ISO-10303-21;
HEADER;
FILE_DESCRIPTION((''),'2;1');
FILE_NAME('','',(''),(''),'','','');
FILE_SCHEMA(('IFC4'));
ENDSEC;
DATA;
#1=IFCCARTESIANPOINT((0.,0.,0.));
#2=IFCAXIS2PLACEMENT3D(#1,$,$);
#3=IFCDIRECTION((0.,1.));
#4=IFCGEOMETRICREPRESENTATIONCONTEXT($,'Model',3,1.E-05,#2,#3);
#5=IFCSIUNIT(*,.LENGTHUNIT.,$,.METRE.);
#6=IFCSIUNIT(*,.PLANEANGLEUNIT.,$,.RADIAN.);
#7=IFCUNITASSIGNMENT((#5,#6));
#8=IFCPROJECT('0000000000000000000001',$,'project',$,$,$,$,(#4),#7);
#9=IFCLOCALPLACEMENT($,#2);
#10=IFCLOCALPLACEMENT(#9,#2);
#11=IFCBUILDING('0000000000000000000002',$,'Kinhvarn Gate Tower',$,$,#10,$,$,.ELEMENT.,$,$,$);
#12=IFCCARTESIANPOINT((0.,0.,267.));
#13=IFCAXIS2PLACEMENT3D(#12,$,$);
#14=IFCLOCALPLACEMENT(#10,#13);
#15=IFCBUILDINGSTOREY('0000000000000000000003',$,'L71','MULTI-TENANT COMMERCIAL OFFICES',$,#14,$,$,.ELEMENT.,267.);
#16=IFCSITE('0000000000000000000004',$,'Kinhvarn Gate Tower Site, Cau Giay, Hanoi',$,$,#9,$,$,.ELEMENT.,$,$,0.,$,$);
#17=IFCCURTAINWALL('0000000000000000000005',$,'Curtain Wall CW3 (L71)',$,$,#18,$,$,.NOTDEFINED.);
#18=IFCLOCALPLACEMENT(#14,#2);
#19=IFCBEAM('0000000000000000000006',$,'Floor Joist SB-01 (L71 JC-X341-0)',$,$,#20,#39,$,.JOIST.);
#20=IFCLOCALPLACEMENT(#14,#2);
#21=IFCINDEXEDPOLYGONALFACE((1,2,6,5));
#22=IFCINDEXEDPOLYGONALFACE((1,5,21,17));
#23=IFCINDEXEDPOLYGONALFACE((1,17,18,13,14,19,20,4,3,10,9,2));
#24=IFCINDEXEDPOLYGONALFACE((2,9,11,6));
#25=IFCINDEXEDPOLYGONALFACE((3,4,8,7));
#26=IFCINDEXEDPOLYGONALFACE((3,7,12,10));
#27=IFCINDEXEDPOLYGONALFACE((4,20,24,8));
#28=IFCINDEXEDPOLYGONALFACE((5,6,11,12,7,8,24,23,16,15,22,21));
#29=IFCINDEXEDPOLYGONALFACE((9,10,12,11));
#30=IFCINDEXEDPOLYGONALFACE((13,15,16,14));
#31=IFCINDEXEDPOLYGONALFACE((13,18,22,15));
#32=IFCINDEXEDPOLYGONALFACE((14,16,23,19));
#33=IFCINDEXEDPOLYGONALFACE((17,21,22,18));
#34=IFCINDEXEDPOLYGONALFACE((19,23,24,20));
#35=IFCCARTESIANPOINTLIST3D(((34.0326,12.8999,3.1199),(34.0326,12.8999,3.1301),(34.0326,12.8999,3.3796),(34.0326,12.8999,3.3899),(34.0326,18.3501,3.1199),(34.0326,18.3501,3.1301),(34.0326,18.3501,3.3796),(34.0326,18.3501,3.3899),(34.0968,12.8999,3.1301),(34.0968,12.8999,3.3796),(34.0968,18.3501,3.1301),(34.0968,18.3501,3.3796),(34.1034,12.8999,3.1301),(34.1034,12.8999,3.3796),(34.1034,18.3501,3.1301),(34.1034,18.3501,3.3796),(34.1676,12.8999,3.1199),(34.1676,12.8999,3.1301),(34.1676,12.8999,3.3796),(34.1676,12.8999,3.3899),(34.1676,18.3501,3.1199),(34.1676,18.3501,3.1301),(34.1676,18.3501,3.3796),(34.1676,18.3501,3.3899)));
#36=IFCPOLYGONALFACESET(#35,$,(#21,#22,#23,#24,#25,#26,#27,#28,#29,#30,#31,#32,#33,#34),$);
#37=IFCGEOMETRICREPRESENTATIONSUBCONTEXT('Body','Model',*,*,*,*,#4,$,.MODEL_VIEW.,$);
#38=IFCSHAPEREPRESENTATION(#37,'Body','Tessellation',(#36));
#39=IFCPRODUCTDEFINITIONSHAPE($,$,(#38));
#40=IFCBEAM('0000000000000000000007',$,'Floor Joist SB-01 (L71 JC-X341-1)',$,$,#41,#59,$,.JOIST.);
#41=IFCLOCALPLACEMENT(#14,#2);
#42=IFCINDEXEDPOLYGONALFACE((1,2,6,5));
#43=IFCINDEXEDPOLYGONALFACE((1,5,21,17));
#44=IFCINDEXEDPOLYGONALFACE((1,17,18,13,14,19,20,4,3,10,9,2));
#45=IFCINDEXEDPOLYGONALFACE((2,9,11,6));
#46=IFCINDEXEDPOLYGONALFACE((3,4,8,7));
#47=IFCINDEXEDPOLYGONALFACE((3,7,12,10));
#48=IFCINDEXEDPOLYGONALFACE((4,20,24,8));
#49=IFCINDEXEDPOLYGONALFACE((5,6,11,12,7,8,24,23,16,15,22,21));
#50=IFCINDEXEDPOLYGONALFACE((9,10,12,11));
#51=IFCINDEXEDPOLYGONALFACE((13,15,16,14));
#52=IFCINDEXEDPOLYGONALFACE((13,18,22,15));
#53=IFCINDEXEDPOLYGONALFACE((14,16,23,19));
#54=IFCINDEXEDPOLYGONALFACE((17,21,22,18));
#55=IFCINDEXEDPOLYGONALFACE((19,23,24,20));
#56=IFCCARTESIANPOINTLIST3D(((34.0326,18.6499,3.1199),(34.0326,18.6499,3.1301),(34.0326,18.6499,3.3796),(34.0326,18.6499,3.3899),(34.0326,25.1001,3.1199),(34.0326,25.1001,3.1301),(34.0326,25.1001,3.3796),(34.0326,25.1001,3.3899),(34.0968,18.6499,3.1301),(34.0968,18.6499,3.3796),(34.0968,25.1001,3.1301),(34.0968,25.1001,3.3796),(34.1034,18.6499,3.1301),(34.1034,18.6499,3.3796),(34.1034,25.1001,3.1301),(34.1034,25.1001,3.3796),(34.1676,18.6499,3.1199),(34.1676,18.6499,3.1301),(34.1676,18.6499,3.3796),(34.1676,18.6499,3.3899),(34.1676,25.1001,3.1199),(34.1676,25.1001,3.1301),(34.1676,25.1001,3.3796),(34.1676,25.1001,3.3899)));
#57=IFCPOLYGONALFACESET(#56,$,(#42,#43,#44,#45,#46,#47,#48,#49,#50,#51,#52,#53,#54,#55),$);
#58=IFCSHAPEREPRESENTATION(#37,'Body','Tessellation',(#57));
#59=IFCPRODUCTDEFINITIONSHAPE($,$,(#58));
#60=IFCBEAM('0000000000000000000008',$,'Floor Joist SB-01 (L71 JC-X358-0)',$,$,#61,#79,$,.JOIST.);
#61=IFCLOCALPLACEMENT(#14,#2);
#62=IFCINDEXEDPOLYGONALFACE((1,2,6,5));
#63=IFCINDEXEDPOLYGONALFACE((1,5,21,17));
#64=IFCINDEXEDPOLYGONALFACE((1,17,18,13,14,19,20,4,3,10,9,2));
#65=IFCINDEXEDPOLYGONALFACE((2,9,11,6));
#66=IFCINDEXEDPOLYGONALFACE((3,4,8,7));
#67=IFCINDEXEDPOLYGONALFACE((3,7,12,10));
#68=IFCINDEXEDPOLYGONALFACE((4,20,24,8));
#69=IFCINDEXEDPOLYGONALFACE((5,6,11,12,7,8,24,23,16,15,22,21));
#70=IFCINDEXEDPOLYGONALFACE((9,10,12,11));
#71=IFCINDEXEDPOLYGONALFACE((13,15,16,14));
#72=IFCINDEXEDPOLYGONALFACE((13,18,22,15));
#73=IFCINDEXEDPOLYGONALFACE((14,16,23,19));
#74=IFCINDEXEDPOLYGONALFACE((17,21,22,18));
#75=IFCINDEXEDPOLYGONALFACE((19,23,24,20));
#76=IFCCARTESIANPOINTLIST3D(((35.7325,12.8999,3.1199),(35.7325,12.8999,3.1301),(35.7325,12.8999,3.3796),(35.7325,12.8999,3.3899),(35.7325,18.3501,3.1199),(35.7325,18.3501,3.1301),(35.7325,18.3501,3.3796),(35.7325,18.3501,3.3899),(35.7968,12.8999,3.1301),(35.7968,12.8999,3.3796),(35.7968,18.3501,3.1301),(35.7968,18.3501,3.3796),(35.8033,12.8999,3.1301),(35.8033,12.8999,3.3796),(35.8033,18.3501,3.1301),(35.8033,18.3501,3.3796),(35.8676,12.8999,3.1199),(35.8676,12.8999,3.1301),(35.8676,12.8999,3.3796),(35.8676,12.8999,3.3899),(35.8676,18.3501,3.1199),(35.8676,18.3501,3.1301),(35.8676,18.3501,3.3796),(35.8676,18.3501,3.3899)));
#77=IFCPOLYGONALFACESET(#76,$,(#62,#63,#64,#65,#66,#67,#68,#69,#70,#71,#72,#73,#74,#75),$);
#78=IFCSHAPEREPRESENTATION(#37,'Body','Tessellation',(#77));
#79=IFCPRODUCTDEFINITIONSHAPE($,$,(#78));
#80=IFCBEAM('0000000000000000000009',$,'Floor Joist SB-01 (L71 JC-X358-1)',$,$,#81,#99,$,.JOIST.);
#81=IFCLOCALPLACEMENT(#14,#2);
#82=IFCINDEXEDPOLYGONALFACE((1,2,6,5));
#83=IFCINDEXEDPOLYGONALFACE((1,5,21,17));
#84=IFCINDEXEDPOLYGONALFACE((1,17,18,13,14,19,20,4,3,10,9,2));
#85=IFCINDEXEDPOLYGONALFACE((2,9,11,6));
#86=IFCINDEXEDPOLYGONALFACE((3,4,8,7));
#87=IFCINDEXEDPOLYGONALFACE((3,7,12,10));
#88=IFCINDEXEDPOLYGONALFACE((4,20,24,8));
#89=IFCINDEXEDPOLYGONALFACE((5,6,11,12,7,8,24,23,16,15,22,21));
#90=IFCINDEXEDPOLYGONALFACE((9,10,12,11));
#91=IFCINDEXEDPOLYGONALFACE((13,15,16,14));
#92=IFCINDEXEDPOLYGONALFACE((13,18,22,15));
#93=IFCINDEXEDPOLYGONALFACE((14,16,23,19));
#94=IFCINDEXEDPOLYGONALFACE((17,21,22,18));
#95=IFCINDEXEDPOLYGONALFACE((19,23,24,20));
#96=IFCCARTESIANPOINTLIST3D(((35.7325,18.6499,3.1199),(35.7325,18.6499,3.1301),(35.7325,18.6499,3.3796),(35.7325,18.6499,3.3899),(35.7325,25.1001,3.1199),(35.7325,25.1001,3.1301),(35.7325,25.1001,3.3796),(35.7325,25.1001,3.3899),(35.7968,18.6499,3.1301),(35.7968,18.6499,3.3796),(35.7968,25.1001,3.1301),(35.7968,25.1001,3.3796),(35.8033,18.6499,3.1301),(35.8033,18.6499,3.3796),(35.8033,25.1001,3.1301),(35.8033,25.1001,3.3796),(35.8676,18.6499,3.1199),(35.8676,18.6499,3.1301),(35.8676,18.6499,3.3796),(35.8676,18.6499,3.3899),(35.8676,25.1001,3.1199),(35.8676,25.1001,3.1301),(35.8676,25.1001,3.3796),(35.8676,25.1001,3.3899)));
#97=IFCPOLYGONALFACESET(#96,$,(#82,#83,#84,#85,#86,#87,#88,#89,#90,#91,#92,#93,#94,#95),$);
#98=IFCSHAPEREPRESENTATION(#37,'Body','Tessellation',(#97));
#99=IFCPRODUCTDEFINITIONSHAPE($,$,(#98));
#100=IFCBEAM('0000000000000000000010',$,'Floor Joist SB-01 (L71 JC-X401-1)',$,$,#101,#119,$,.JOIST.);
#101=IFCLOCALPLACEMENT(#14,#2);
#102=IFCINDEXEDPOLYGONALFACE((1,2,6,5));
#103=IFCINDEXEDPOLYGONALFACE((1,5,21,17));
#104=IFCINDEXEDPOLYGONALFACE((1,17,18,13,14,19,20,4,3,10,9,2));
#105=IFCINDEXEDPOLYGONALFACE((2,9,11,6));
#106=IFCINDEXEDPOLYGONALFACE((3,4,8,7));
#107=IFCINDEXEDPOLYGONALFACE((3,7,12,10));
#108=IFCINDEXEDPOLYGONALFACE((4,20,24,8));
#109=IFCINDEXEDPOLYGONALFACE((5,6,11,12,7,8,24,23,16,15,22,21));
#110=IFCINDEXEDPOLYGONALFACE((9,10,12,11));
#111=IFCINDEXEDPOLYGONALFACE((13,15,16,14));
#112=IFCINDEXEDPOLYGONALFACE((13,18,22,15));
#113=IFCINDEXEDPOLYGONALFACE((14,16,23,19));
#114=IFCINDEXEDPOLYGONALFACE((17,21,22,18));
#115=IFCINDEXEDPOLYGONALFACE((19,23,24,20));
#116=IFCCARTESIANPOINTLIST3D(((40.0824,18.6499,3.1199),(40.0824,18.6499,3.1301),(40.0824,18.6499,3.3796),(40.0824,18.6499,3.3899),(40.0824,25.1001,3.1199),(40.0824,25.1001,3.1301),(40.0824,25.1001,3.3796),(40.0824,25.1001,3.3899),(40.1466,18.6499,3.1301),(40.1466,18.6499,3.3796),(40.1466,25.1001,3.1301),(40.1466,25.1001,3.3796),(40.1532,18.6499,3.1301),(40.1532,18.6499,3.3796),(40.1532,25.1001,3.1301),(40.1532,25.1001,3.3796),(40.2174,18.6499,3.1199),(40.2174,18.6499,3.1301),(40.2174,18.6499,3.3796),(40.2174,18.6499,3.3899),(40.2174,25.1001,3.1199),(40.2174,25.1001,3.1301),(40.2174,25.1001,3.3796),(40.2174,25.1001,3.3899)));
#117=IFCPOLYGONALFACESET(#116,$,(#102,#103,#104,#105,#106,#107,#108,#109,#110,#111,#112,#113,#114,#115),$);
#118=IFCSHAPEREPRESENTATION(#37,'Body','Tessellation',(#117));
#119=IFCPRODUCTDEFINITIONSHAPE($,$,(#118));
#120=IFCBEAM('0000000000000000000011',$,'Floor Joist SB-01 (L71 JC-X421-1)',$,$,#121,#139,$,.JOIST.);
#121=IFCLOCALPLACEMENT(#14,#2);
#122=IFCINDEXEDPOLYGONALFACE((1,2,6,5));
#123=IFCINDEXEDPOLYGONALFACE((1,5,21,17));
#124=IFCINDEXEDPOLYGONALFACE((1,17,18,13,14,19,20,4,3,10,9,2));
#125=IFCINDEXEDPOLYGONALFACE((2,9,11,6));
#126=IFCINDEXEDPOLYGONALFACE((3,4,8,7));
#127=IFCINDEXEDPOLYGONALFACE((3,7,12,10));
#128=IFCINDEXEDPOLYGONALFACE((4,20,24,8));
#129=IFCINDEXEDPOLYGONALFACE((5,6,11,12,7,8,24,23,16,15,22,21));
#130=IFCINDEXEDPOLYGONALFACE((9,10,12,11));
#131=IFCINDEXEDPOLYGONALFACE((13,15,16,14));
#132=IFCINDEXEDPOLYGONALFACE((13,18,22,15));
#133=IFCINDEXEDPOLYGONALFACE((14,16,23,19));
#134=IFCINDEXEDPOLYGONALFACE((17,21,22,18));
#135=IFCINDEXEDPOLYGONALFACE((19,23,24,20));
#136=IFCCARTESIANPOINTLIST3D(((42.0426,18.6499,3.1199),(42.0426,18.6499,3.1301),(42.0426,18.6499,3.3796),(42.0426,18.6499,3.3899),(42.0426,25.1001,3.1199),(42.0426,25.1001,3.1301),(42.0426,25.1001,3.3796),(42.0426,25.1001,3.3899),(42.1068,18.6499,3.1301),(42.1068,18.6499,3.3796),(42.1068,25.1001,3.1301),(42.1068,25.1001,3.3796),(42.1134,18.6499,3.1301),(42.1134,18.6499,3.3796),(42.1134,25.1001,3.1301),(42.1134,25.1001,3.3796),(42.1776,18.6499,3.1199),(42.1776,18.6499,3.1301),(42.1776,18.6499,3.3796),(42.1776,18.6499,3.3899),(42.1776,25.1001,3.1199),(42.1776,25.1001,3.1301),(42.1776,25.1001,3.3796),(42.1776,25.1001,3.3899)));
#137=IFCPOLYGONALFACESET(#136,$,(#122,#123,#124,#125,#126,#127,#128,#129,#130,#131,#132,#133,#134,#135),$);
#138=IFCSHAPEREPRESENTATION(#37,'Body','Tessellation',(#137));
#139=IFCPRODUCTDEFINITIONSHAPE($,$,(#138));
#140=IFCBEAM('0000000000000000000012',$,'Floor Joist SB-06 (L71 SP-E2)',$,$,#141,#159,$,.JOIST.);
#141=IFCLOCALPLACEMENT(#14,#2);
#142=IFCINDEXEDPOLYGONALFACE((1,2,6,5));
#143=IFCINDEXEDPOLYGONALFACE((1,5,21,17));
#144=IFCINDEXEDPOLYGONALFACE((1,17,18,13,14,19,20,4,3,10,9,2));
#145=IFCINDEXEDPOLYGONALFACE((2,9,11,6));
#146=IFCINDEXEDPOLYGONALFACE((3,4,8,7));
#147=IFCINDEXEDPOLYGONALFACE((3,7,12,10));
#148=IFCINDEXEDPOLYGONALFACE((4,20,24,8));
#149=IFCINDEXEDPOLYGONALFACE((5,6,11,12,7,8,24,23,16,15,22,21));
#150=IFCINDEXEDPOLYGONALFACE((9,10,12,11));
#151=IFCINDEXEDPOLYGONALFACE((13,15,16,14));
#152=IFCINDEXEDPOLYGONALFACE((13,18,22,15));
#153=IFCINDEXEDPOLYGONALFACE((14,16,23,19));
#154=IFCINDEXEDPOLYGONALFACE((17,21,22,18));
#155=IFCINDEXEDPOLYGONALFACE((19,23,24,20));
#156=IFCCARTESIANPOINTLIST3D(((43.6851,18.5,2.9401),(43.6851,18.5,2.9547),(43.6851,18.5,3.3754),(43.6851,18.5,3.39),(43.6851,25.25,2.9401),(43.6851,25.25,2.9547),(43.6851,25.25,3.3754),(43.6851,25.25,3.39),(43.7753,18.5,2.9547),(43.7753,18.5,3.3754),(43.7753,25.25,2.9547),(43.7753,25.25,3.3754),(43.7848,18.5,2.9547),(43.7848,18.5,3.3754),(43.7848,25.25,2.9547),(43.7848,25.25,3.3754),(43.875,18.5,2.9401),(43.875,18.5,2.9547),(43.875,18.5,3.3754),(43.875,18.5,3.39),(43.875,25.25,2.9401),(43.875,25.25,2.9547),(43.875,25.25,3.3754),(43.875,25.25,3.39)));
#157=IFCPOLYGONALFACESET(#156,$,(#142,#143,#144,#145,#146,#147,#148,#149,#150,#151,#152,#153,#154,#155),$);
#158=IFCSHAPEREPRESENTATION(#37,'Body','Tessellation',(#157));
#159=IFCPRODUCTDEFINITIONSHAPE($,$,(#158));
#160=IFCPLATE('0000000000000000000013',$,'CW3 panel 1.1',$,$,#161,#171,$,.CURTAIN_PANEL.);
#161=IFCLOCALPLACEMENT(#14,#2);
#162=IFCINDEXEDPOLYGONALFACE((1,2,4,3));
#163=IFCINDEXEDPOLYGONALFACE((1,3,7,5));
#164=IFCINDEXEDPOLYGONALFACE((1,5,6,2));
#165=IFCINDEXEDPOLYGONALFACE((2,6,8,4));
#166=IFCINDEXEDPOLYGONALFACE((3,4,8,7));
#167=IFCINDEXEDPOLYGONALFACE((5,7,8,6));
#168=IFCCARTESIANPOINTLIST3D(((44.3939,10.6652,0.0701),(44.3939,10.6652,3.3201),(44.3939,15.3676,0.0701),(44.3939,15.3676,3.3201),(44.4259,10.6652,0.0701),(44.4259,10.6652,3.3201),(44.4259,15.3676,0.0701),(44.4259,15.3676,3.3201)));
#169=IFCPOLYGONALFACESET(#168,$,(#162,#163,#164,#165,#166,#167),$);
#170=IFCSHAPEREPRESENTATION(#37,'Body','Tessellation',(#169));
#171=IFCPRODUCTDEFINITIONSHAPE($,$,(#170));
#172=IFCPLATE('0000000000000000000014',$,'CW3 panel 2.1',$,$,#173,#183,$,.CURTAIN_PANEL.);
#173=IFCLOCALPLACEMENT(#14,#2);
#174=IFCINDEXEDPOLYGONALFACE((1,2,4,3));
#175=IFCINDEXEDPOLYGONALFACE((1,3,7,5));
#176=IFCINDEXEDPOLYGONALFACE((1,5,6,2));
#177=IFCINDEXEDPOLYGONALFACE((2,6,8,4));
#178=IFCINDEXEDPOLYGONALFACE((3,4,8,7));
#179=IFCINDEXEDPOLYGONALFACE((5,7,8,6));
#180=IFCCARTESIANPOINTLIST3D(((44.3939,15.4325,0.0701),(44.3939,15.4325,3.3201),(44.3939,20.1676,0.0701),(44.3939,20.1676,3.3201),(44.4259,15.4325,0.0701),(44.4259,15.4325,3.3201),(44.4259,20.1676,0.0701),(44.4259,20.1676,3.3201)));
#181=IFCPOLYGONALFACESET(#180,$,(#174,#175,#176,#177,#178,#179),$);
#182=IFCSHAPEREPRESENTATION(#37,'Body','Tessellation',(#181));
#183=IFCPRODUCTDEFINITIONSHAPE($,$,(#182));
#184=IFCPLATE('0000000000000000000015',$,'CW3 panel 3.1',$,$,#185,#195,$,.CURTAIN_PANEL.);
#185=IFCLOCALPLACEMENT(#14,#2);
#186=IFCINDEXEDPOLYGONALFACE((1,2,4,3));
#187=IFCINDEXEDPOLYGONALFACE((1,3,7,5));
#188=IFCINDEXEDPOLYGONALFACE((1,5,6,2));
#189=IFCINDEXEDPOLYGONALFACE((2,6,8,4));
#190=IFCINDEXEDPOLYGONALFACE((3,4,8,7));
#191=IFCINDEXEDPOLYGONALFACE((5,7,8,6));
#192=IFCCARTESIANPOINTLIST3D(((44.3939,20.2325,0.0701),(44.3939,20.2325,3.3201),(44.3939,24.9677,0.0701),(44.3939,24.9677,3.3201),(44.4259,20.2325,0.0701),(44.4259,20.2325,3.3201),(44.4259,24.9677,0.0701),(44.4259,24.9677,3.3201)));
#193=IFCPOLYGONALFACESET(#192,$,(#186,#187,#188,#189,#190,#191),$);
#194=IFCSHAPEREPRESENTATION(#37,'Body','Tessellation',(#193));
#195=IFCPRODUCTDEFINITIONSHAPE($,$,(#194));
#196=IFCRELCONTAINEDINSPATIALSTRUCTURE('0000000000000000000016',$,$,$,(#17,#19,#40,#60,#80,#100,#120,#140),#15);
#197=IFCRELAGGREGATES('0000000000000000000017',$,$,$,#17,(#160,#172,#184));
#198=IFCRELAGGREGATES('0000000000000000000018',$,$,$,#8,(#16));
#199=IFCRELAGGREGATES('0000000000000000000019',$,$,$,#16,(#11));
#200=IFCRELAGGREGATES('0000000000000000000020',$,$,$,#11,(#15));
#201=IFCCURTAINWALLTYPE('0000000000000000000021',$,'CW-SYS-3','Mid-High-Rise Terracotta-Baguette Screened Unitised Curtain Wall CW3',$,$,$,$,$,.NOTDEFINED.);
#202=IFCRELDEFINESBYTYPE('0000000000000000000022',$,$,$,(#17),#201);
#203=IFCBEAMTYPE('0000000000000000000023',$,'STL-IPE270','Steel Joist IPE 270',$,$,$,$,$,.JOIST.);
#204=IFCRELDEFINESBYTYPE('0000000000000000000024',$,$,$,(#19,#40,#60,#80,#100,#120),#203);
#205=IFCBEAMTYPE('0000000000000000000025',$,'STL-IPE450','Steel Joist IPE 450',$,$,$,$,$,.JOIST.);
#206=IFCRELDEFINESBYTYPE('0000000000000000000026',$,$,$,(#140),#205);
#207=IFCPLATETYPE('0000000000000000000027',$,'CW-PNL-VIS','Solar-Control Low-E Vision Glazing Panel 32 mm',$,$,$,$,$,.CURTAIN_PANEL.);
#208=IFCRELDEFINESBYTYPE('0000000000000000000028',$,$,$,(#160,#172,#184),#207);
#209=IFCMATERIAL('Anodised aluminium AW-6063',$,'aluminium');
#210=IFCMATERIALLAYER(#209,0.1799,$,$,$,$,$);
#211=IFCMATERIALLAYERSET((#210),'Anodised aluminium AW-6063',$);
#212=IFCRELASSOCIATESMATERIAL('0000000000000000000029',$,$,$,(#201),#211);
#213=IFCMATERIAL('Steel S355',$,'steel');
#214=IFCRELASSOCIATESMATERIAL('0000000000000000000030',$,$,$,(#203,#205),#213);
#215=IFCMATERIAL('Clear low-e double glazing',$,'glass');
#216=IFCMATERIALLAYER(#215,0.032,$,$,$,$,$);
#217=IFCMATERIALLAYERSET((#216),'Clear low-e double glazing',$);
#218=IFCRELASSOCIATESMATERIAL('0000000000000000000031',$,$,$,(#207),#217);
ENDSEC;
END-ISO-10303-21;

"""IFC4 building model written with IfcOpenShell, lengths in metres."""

from ifc_helpers import new_model, si_unit, direction, frame, origin, origin_2d, place, context, subcontext, project, spatial, rectangle, i_section, extrude, material, layer, layer_set, material_profile, profile_set, type_object, element, aggregate, save


model = new_model("IFC4")

# Units and contexts
model_context = context("Model", 3, precision=1e-05, world=origin(), true_north=direction((0.0, 1.0)))
body_context = subcontext(model_context, "Body", "Model", "MODEL_VIEW")
ifc_project = project(units=[si_unit("LENGTHUNIT", "METRE"), si_unit("PLANEANGLEUNIT", "RADIAN")], contexts=[model_context])

# Site, building, storey
site_placement = place(None, origin())
site = spatial("IfcSite", under=ifc_project, at=site_placement, Name="Kinhvarn Gate Tower Site, Cau Giay, Hanoi", CompositionType="ELEMENT", RefElevation=0.0)
building_placement = place(site_placement, origin())
building = spatial("IfcBuilding", under=site, at=building_placement, Name="Kinhvarn Gate Tower", CompositionType="ELEMENT")
storey_placement = place(building_placement, frame((0.0, 0.0, 267.0)))
storey = spatial("IfcBuildingStorey", under=building, at=storey_placement, Name="L71", Description="MULTI-TENANT COMMERCIAL OFFICES", CompositionType="ELEMENT", Elevation=267.0)

# Curtain wall
ifc_material_1 = material(Name="Anodised aluminium AW-6063", Category="aluminium")
ifc_layer_1 = layer(ifc_material_1, 0.1799)
ifc_layer_set_1 = layer_set([ifc_layer_1], Name="Anodised aluminium AW-6063")
curtain_wall_type = type_object("IfcCurtainWallType", Name="CW-SYS-3", Description="Mid-High-Rise Terracotta-Baguette Screened Unitised Curtain Wall CW3", PredefinedType="NOTDEFINED", material=ifc_layer_set_1)
curtain_wall_placement = place(storey_placement, origin())
curtain_wall = element("IfcCurtainWall", 1, at=curtain_wall_placement, inside=storey, type_object=curtain_wall_type, Name="Curtain Wall CW3 (L71)", PredefinedType="NOTDEFINED")

# Beams
ifc_material_2 = material(Name="Steel S355", Category="steel")
ifc_material_profile_1 = material_profile(ifc_material_2, i_section(OverallWidth=0.135, OverallDepth=0.27, WebThickness=0.0066, FlangeThickness=0.0103, at=origin_2d()), Name="IPE 270")
ifc_profile_set_1 = profile_set([ifc_material_profile_1], Name="Steel S355")
beam_type_1 = type_object("IfcBeamType", Name="STL-IPE270", Description="Steel Joist IPE 270", PredefinedType="JOIST", material=ifc_profile_set_1)
beam_1_placement = place(storey_placement, frame((34.1001, 12.8999, 3.2549), z_axis=(0.0, 1.0, 0.0), x_axis=(-1.0, 0.0, 0.0)))
element("IfcBeam", 2, at=beam_1_placement, inside=storey, type_object=beam_type_1, Name="Floor Joist SB-01 (L71 JC-X341-0)", PredefinedType="JOIST", context=body_context, shape_type="SweptSolid", body=[
    extrude(i_section(OverallWidth=0.135, OverallDepth=0.27, WebThickness=0.0066, FlangeThickness=0.0103, at=origin_2d()), origin(), (0.0, 0.0, 1.0), 5.4502),
])
beam_2_placement = place(storey_placement, frame((34.1001, 18.6499, 3.2549), z_axis=(0.0, 1.0, 0.0), x_axis=(-1.0, 0.0, 0.0)))
element("IfcBeam", 3, at=beam_2_placement, inside=storey, type_object=beam_type_1, Name="Floor Joist SB-01 (L71 JC-X341-1)", PredefinedType="JOIST", context=body_context, shape_type="SweptSolid", body=[
    extrude(i_section(OverallWidth=0.135, OverallDepth=0.27, WebThickness=0.0066, FlangeThickness=0.0103, at=origin_2d()), origin(), (0.0, 0.0, 1.0), 6.4502),
])
beam_3_placement = place(storey_placement, frame((35.8, 12.8999, 3.2549), z_axis=(0.0, 1.0, 0.0), x_axis=(-1.0, 0.0, 0.0)))
element("IfcBeam", 4, at=beam_3_placement, inside=storey, type_object=beam_type_1, Name="Floor Joist SB-01 (L71 JC-X358-0)", PredefinedType="JOIST", context=body_context, shape_type="SweptSolid", body=[
    extrude(i_section(OverallWidth=0.135, OverallDepth=0.27, WebThickness=0.0066, FlangeThickness=0.0103, at=origin_2d()), origin(), (0.0, 0.0, 1.0), 5.4502),
])
for number, where, z_axis, x_axis, name in (
    (5, (35.8, 18.6499, 3.2549), (0.0, 1.0, 0.0), (-1.0, 0.0, 0.0), "Floor Joist SB-01 (L71 JC-X358-1)"),
    (6, (40.1499, 18.6499, 3.2549), (0.0, 1.0, 0.0), (-1.0, 0.0, 0.0), "Floor Joist SB-01 (L71 JC-X401-1)"),
    (7, (42.1101, 18.6499, 3.2549), (0.0, 1.0, 0.0), (-1.0, 0.0, 0.0), "Floor Joist SB-01 (L71 JC-X421-1)"),
):
    element("IfcBeam", number, at=place(storey_placement, frame(where, z_axis=z_axis, x_axis=x_axis)), inside=storey, type_object=beam_type_1, Name=name, PredefinedType="JOIST", context=body_context, shape_type="SweptSolid", body=[
        extrude(i_section(OverallWidth=0.135, OverallDepth=0.27, WebThickness=0.0066, FlangeThickness=0.0103, at=origin_2d()), origin(), (0.0, 0.0, 1.0), 6.4502),
    ])
ifc_material_profile_2 = material_profile(ifc_material_2, i_section(OverallWidth=0.1899, OverallDepth=0.45, WebThickness=0.0095, FlangeThickness=0.0146, at=origin_2d()), Name="IPE 450")
ifc_profile_set_2 = profile_set([ifc_material_profile_2], Name="Steel S355")
beam_type_2 = type_object("IfcBeamType", Name="STL-IPE450", Description="Steel Joist IPE 450", PredefinedType="JOIST", material=ifc_profile_set_2)
beam_4_placement = place(storey_placement, frame((43.78, 18.5, 3.165), z_axis=(0.0, 1.0, 0.0), x_axis=(-1.0, 0.0, 0.0)))
element("IfcBeam", 8, at=beam_4_placement, inside=storey, type_object=beam_type_2, Name="Floor Joist SB-06 (L71 SP-E2)", PredefinedType="JOIST", context=body_context, shape_type="SweptSolid", body=[
    extrude(i_section(OverallWidth=0.1899, OverallDepth=0.45, WebThickness=0.0095, FlangeThickness=0.0146, at=origin_2d()), origin(), (0.0, 0.0, 1.0), 6.75),
])

# Plates
ifc_material_3 = material(Name="Clear low-e double glazing", Category="glass")
ifc_layer_2 = layer(ifc_material_3, 0.032)
ifc_layer_set_2 = layer_set([ifc_layer_2], Name="Clear low-e double glazing")
plate_type = type_object("IfcPlateType", Name="CW-PNL-VIS", Description="Solar-Control Low-E Vision Glazing Panel 32 mm", PredefinedType="CURTAIN_PANEL", material=ifc_layer_set_2)
plate_1_placement = place(storey_placement, frame((44.4099, 13.0164, 0.0701), z_axis=(0.0, 0.0, 1.0), x_axis=(0.0, 1.0, 0.0)))
plate_1 = element("IfcPlate", 9, at=plate_1_placement, type_object=plate_type, Name="CW3 panel 1.1", PredefinedType="CURTAIN_PANEL", context=body_context, shape_type="SweptSolid", body=[
    extrude(rectangle(XDim=4.7024, YDim=0.032, at=origin_2d()), origin(), (0.0, 0.0, 1.0), 3.25),
])
plate_2_placement = place(storey_placement, frame((44.4099, 17.8, 0.0701), z_axis=(0.0, 0.0, 1.0), x_axis=(0.0, 1.0, 0.0)))
plate_2 = element("IfcPlate", 10, at=plate_2_placement, type_object=plate_type, Name="CW3 panel 2.1", PredefinedType="CURTAIN_PANEL", context=body_context, shape_type="SweptSolid", body=[
    extrude(rectangle(XDim=4.7351, YDim=0.032, at=origin_2d()), origin(), (0.0, 0.0, 1.0), 3.25),
])
plate_3_placement = place(storey_placement, frame((44.4099, 22.6001, 0.0701), z_axis=(0.0, 0.0, 1.0), x_axis=(0.0, 1.0, 0.0)))
plate_3 = element("IfcPlate", 11, at=plate_3_placement, type_object=plate_type, Name="CW3 panel 3.1", PredefinedType="CURTAIN_PANEL", context=body_context, shape_type="SweptSolid", body=[
    extrude(rectangle(XDim=4.7351, YDim=0.032, at=origin_2d()), origin(), (0.0, 0.0, 1.0), 3.25),
])
aggregate(curtain_wall, [plate_1, plate_2, plate_3])

save(model, "model.ifc")
